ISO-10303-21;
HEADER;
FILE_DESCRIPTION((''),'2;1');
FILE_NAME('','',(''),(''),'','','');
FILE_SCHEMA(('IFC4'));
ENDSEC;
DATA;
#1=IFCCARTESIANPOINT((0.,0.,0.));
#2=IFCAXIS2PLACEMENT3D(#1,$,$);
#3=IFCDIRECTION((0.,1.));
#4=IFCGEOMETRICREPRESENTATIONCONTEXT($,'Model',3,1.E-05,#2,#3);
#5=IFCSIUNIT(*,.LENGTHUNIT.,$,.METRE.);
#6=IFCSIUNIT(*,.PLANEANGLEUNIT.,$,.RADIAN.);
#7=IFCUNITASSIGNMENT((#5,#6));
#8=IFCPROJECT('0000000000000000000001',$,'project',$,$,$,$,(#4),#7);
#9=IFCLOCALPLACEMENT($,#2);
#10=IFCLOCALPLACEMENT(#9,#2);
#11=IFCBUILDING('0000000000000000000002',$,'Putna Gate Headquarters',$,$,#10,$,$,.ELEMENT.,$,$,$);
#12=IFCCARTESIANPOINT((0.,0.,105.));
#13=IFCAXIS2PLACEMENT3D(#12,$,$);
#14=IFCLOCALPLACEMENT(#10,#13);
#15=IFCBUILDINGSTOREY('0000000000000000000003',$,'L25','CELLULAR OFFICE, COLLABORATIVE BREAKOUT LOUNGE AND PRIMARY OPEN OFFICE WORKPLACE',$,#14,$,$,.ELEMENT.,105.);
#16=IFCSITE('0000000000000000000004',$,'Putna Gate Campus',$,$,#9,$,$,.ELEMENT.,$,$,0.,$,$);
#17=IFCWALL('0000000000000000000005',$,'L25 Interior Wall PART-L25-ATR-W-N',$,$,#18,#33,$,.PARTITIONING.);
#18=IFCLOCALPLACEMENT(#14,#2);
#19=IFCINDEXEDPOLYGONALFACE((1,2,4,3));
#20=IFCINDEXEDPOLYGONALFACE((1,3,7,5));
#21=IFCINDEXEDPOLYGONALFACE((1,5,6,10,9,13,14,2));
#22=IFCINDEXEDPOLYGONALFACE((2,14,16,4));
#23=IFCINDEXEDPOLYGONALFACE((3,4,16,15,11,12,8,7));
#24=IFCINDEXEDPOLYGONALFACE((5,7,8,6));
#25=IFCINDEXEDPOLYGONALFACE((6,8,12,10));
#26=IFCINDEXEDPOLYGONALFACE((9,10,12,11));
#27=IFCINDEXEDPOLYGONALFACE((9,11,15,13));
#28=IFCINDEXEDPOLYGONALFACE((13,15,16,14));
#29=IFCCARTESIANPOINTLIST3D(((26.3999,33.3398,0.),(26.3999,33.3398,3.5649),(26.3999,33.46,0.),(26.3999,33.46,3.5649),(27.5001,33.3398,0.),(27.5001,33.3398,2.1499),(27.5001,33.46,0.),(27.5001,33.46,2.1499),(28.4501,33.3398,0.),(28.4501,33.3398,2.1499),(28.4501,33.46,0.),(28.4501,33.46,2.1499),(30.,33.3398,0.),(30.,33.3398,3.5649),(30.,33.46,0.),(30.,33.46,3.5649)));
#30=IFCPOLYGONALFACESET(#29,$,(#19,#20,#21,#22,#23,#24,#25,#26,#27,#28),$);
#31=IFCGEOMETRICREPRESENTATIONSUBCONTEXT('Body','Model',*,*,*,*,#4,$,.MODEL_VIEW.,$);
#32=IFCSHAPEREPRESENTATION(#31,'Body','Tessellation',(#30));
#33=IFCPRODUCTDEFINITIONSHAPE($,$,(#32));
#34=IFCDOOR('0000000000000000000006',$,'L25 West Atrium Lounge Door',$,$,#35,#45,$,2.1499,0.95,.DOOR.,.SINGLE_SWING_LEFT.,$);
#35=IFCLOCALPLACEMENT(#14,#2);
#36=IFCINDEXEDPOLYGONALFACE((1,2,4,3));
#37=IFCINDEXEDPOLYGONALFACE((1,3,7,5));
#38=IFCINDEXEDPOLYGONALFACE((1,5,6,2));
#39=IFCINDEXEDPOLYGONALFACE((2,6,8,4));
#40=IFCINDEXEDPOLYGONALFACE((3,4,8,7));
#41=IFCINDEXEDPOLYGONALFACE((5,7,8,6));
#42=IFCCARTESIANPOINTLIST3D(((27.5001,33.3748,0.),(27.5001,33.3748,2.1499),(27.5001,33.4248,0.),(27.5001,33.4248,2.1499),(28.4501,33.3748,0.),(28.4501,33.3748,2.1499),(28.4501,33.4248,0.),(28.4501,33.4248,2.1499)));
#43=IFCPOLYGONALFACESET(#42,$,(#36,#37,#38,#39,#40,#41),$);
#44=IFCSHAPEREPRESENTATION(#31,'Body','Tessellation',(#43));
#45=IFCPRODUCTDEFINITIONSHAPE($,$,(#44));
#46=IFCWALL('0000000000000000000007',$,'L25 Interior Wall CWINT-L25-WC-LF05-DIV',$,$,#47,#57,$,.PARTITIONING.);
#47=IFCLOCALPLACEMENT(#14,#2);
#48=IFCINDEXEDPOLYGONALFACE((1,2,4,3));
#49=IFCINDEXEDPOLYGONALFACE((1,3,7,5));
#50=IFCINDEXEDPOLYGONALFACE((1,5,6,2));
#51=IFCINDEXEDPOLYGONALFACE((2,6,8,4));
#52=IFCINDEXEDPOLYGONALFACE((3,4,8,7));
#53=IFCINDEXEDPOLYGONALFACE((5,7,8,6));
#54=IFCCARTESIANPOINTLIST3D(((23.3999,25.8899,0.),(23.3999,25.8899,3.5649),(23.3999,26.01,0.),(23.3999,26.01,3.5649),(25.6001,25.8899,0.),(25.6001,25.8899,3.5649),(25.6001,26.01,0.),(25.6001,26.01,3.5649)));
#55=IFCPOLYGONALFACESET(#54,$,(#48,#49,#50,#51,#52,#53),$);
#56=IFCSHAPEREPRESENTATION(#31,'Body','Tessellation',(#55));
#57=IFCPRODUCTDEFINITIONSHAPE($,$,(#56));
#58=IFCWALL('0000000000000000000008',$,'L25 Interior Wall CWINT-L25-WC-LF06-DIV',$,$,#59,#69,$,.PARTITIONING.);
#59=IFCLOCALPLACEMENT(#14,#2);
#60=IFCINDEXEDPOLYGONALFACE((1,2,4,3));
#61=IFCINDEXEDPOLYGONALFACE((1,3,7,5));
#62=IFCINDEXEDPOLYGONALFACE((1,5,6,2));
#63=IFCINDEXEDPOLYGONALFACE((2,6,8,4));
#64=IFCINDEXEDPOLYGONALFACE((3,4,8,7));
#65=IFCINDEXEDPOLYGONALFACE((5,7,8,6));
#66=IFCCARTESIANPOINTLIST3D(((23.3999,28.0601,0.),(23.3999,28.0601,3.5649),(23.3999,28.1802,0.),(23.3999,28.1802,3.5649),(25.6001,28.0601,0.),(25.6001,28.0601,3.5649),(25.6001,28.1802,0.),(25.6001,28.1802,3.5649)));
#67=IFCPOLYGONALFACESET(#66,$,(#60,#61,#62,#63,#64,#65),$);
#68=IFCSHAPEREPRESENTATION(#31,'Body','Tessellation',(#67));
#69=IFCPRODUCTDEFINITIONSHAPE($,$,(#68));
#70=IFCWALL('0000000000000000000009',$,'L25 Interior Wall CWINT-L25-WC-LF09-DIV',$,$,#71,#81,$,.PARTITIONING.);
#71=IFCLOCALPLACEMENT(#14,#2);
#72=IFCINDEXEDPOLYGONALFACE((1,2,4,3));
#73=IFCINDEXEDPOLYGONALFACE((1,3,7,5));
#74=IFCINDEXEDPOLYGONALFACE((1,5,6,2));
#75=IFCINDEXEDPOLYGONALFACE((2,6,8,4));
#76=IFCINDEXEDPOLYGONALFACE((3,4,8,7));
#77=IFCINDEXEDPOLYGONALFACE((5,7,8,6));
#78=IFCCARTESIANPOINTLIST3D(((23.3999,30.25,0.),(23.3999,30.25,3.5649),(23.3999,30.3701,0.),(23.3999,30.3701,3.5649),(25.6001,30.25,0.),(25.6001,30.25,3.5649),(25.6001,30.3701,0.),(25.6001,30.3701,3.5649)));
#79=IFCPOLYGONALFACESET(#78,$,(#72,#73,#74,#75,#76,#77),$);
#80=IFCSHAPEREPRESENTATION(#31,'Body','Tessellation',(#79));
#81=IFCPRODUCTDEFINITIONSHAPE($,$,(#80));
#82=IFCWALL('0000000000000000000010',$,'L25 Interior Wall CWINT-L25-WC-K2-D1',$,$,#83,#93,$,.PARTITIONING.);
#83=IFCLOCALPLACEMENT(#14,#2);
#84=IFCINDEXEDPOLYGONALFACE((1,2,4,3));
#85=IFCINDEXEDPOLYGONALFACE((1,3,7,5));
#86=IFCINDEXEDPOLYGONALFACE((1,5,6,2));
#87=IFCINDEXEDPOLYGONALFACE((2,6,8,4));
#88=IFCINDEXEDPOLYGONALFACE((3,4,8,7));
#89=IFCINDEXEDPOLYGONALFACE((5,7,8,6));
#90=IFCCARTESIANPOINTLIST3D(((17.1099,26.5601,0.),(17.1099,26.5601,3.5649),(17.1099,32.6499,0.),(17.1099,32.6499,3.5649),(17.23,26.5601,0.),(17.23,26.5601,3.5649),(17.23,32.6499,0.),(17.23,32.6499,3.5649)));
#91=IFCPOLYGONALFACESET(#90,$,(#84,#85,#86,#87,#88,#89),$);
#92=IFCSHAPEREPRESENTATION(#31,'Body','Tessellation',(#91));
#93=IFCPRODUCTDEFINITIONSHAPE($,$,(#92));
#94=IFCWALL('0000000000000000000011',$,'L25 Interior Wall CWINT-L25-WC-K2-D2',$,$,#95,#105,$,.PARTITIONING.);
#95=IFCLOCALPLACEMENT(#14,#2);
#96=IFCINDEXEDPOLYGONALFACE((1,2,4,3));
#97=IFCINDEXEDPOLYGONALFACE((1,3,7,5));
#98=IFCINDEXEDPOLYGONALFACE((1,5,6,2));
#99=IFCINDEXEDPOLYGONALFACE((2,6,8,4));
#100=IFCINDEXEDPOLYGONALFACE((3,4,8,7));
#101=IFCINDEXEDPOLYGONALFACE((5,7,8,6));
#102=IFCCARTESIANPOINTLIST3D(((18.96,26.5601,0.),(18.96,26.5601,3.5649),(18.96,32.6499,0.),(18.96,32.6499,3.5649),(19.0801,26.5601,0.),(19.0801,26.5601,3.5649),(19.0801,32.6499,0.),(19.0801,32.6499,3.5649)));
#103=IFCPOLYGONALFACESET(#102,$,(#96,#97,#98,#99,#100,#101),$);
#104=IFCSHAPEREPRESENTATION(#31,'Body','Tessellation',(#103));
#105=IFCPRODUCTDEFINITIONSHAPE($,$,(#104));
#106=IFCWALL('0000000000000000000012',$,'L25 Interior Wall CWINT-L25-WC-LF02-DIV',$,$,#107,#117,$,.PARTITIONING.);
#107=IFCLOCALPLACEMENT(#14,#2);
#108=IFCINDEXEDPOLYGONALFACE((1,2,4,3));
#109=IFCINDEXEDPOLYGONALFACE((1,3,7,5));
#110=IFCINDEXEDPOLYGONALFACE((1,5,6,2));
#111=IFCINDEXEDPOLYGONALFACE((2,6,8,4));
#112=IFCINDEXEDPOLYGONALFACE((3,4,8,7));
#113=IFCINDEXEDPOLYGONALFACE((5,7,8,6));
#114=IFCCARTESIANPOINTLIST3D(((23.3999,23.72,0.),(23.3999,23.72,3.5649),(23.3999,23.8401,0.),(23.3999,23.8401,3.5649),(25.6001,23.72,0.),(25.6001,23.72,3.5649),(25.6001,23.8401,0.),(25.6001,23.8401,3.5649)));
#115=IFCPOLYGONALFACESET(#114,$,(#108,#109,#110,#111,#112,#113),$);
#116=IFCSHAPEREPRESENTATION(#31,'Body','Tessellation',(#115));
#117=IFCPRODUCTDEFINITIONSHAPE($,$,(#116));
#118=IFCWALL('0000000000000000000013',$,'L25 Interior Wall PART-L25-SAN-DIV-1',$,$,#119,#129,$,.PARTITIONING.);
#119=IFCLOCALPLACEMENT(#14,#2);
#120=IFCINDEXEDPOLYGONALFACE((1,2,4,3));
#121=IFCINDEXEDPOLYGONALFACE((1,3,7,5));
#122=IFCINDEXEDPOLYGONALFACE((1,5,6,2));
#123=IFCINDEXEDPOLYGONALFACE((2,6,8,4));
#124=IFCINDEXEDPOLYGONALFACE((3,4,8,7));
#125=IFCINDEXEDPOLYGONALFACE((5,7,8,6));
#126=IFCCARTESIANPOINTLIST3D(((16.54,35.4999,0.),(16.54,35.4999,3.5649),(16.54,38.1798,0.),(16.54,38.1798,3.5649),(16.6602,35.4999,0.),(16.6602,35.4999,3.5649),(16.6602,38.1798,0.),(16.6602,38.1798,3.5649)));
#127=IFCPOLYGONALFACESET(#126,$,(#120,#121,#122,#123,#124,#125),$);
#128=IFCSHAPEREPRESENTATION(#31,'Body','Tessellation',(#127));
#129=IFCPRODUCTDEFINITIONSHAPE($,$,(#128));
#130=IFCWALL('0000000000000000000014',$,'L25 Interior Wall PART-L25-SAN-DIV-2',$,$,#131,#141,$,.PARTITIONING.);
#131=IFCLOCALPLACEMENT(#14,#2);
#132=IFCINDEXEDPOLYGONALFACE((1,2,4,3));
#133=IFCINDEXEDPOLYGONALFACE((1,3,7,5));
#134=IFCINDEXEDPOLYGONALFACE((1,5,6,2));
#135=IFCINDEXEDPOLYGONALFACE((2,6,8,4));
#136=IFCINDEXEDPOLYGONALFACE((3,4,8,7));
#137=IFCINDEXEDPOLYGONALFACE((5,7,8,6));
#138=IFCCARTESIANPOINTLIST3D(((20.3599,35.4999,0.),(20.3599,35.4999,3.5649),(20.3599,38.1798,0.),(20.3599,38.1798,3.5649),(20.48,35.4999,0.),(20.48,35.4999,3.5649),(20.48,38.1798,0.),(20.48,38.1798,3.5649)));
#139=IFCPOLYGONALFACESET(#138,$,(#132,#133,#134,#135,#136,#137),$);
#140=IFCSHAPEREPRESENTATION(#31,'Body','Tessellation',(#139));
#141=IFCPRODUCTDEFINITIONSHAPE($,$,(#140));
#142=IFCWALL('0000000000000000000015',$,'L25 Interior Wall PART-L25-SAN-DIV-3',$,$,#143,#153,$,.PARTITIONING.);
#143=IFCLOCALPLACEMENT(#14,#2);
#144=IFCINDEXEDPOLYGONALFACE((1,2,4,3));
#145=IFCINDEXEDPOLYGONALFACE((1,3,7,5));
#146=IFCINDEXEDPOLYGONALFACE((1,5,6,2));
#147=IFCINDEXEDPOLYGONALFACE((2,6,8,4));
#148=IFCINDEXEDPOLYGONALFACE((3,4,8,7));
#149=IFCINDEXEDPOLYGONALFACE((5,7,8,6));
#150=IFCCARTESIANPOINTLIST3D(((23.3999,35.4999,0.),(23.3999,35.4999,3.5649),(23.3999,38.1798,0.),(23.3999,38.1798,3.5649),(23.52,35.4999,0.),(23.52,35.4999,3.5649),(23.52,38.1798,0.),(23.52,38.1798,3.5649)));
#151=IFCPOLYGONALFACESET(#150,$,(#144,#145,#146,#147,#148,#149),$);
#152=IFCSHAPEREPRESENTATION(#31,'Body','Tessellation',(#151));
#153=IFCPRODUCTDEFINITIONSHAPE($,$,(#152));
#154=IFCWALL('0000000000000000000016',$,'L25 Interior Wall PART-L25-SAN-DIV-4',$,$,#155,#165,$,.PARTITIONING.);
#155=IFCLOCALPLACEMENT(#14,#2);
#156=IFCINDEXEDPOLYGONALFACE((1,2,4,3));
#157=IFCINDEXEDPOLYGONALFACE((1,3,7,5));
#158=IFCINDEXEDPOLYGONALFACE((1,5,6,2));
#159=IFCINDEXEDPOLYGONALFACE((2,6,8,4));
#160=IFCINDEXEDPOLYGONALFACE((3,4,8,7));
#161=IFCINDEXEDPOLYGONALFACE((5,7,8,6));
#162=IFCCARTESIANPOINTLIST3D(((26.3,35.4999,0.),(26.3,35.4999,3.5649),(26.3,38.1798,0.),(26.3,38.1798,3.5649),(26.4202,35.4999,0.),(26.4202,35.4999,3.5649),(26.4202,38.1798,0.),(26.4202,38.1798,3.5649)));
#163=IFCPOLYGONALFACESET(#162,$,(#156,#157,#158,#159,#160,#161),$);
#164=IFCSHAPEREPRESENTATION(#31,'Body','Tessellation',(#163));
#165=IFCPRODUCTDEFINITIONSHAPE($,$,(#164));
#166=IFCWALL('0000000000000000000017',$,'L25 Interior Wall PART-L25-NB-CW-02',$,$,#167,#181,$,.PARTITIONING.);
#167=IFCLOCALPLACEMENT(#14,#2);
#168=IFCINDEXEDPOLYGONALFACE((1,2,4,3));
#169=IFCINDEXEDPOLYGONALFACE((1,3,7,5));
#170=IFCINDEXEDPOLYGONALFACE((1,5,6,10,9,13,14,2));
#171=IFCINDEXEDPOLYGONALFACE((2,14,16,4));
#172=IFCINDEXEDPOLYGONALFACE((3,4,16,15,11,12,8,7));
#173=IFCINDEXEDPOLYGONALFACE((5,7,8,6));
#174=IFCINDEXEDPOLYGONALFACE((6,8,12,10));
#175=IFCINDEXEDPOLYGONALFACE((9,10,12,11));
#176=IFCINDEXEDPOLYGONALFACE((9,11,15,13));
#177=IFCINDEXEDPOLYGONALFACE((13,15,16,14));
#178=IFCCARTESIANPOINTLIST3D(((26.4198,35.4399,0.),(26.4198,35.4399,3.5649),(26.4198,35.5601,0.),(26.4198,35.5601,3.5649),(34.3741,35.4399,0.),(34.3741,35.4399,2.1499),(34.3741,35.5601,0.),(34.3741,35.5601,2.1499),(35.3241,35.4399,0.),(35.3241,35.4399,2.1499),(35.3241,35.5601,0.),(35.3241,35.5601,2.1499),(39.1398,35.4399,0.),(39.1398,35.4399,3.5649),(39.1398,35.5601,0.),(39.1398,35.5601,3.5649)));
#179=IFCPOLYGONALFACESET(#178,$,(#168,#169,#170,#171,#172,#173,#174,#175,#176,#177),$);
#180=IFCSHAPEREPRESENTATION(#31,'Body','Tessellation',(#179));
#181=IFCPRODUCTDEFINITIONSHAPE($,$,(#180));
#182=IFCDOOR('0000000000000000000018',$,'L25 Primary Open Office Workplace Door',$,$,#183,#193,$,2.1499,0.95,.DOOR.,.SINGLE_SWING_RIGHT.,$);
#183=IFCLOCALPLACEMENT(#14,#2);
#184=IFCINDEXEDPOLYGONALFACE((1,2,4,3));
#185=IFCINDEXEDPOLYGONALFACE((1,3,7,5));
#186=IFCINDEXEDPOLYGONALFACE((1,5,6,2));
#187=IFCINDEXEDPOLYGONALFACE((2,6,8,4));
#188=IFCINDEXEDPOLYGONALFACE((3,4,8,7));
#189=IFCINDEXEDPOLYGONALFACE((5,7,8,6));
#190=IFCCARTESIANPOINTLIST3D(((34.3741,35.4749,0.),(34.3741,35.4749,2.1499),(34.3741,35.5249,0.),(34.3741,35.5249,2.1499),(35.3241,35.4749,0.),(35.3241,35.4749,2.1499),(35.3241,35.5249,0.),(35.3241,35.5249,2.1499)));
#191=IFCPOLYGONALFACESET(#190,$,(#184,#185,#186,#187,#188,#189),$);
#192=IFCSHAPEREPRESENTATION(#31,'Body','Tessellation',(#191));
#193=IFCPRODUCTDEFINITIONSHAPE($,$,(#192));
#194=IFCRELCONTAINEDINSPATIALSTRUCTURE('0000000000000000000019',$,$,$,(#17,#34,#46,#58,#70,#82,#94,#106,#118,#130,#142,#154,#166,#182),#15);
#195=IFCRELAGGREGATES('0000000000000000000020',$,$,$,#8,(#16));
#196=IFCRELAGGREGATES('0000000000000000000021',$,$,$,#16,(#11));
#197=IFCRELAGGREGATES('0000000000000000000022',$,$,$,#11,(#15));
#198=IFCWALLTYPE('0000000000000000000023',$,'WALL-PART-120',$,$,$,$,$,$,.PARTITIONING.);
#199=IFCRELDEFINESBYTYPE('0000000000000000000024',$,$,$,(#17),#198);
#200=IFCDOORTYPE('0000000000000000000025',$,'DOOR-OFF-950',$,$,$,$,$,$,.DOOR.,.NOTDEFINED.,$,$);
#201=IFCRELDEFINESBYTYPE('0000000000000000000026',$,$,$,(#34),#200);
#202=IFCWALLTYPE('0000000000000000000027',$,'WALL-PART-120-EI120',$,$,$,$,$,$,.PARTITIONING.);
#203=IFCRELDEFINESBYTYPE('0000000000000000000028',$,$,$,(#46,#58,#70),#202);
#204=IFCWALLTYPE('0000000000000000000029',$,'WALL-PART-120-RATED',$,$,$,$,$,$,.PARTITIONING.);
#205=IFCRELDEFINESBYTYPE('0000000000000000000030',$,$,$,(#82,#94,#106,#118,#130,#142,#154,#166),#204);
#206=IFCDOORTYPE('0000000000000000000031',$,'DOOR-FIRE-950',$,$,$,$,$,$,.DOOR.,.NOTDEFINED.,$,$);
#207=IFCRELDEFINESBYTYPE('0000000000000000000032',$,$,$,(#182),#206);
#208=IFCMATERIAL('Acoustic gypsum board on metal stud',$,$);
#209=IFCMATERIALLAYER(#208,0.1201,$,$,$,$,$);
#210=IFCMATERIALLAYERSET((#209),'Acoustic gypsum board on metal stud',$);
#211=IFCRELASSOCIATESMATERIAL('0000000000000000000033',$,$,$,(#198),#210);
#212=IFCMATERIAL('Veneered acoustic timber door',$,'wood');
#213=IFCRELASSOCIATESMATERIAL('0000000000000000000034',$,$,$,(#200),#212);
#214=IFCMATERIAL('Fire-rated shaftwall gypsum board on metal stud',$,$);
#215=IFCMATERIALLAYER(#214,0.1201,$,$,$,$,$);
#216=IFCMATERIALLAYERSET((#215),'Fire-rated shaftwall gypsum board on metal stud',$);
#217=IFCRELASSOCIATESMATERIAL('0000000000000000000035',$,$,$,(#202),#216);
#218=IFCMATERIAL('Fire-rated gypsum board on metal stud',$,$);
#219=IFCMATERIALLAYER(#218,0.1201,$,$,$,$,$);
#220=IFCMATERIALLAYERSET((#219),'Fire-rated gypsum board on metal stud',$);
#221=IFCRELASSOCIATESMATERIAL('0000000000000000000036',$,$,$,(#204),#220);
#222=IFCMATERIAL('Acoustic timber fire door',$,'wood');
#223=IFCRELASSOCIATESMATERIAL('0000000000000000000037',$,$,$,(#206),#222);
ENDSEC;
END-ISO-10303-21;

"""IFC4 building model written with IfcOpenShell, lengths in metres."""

from ifc_helpers import new_model, si_unit, direction, frame, frame_2d, origin, place, context, subcontext, project, spatial, rectangle, extrude, material, layer, layer_set, type_object, element, fill, save


model = new_model("IFC4")

# Units and contexts
model_context = context("Model", 3, precision=1e-05, world=origin(), true_north=direction((0.0, 1.0)))
body_context = subcontext(model_context, "Body", "Model", "MODEL_VIEW")
ifc_project = project(units=[si_unit("LENGTHUNIT", "METRE"), si_unit("PLANEANGLEUNIT", "RADIAN")], contexts=[model_context])

# Site, building, storey
site_placement = place(None, origin())
site = spatial("IfcSite", under=ifc_project, at=site_placement, Name="Putna Gate Campus", CompositionType="ELEMENT", RefElevation=0.0)
building_placement = place(site_placement, origin())
building = spatial("IfcBuilding", under=site, at=building_placement, Name="Putna Gate Headquarters", CompositionType="ELEMENT")
storey_placement = place(building_placement, frame((0.0, 0.0, 105.0)))
storey = spatial("IfcBuildingStorey", under=building, at=storey_placement, Name="L25", Description="CELLULAR OFFICE, COLLABORATIVE BREAKOUT LOUNGE AND PRIMARY OPEN OFFICE WORKPLACE", CompositionType="ELEMENT", Elevation=105.0)

# Wall, opening, door
ifc_material_1 = material(Name="Acoustic gypsum board on metal stud")
ifc_layer_1 = layer(ifc_material_1, 0.1201)
ifc_layer_set_1 = layer_set([ifc_layer_1], Name="Acoustic gypsum board on metal stud")
wall_type_1 = type_object("IfcWallType", Name="WALL-PART-120", PredefinedType="PARTITIONING", material=ifc_layer_set_1)
wall_1_placement = place(storey_placement, frame((26.3999, 33.3999, 0.0), z_axis=(0.0, 0.0, 1.0), x_axis=(1.0, 0.0, 0.0)))
wall_1 = element("IfcWall", 1, at=wall_1_placement, inside=storey, type_object=wall_type_1, Name="L25 Interior Wall PART-L25-ATR-W-N", PredefinedType="PARTITIONING", context=body_context, shape_type="SweptSolid", body=[
    extrude(rectangle(XDim=3.6001, YDim=0.1201, at=frame_2d((1.8, 0.0))), origin(), (0.0, 0.0, 1.0), 3.5649),
])
opening_1_placement = place(wall_1_placement, frame((1.1001, 0.0, 0.0)))
opening_1 = element("IfcOpeningElement", 2, at=opening_1_placement, cuts=wall_1, PredefinedType="OPENING", context=body_context, shape_type="SweptSolid", body=[
    extrude(rectangle(XDim=0.95, YDim=2.1499, at=frame_2d((0.4751, 1.075))), frame((0.0, 0.0701, 0.0), z_axis=(0.0, -1.0, 0.0), x_axis=(1.0, 0.0, 0.0)), (0.0, 0.0, 1.0), 0.1401),
])
ifc_material_2 = material(Name="Veneered acoustic timber door", Category="wood")
door_type_1 = type_object("IfcDoorType", Name="DOOR-OFF-950", OperationType="NOTDEFINED", PredefinedType="DOOR", material=ifc_material_2)
door_1_placement = place(opening_1_placement, origin())
door_1 = element("IfcDoor", 3, at=door_1_placement, inside=storey, type_object=door_type_1, Name="L25 West Atrium Lounge Door", OperationType="SINGLE_SWING_LEFT", OverallHeight=2.1499, OverallWidth=0.95, PredefinedType="DOOR", context=body_context, shape_type="SweptSolid", body=[
    extrude(rectangle(XDim=0.95, YDim=2.1499, at=frame_2d((0.4751, 1.075))), frame((0.0, 0.0249, 0.0), z_axis=(0.0, -1.0, 0.0), x_axis=(1.0, 0.0, 0.0)), (0.0, 0.0, 1.0), 0.05),
])
fill(opening_1, door_1)

# Walls
ifc_material_3 = material(Name="Fire-rated shaftwall gypsum board on metal stud")
ifc_layer_2 = layer(ifc_material_3, 0.1201)
ifc_layer_set_2 = layer_set([ifc_layer_2], Name="Fire-rated shaftwall gypsum board on metal stud")
wall_type_2 = type_object("IfcWallType", Name="WALL-PART-120-EI120", PredefinedType="PARTITIONING", material=ifc_layer_set_2)
for number, where, z_axis, x_axis, name in (
    (4, (23.3999, 25.95, 0.0), (0.0, 0.0, 1.0), (1.0, 0.0, 0.0), "L25 Interior Wall CWINT-L25-WC-LF05-DIV"),
    (5, (23.3999, 28.1201, 0.0), (0.0, 0.0, 1.0), (1.0, 0.0, 0.0), "L25 Interior Wall CWINT-L25-WC-LF06-DIV"),
    (6, (23.3999, 30.3101, 0.0), (0.0, 0.0, 1.0), (1.0, 0.0, 0.0), "L25 Interior Wall CWINT-L25-WC-LF09-DIV"),
):
    element("IfcWall", number, at=place(storey_placement, frame(where, z_axis=z_axis, x_axis=x_axis)), inside=storey, type_object=wall_type_2, Name=name, PredefinedType="PARTITIONING", context=body_context, shape_type="SweptSolid", body=[
        extrude(rectangle(XDim=2.2002, YDim=0.1201, at=frame_2d((1.1001, 0.0))), origin(), (0.0, 0.0, 1.0), 3.5649),
    ])
ifc_material_4 = material(Name="Fire-rated gypsum board on metal stud")
ifc_layer_3 = layer(ifc_material_4, 0.1201)
ifc_layer_set_3 = layer_set([ifc_layer_3], Name="Fire-rated gypsum board on metal stud")
wall_type_3 = type_object("IfcWallType", Name="WALL-PART-120-RATED", PredefinedType="PARTITIONING", material=ifc_layer_set_3)
for number, where, z_axis, x_axis, name in (
    (7, (17.1699, 26.5601, 0.0), (0.0, 0.0, 1.0), (0.0, 1.0, 0.0), "L25 Interior Wall CWINT-L25-WC-K2-D1"),
    (8, (19.02, 26.5601, 0.0), (0.0, 0.0, 1.0), (0.0, 1.0, 0.0), "L25 Interior Wall CWINT-L25-WC-K2-D2"),
):
    element("IfcWall", number, at=place(storey_placement, frame(where, z_axis=z_axis, x_axis=x_axis)), inside=storey, type_object=wall_type_3, Name=name, PredefinedType="PARTITIONING", context=body_context, shape_type="SweptSolid", body=[
        extrude(rectangle(XDim=6.0898, YDim=0.1201, at=frame_2d((3.0449, 0.0))), origin(), (0.0, 0.0, 1.0), 3.5649),
    ])
wall_2_placement = place(storey_placement, frame((23.3999, 23.78, 0.0), z_axis=(0.0, 0.0, 1.0), x_axis=(1.0, 0.0, 0.0)))
element("IfcWall", 9, at=wall_2_placement, inside=storey, type_object=wall_type_3, Name="L25 Interior Wall CWINT-L25-WC-LF02-DIV", PredefinedType="PARTITIONING", context=body_context, shape_type="SweptSolid", body=[
    extrude(rectangle(XDim=2.2002, YDim=0.1201, at=frame_2d((1.1001, 0.0))), origin(), (0.0, 0.0, 1.0), 3.5649),
])
for number, where, z_axis, x_axis, name in (
    (10, (16.6001, 35.5, 0.0), (0.0, 0.0, 1.0), (0.0, 1.0, 0.0), "L25 Interior Wall PART-L25-SAN-DIV-1"),
    (11, (20.4199, 35.5, 0.0), (0.0, 0.0, 1.0), (0.0, 1.0, 0.0), "L25 Interior Wall PART-L25-SAN-DIV-2"),
    (12, (23.46, 35.5, 0.0), (0.0, 0.0, 1.0), (0.0, 1.0, 0.0), "L25 Interior Wall PART-L25-SAN-DIV-3"),
    (13, (26.3601, 35.5, 0.0), (0.0, 0.0, 1.0), (0.0, 1.0, 0.0), "L25 Interior Wall PART-L25-SAN-DIV-4"),
):
    element("IfcWall", number, at=place(storey_placement, frame(where, z_axis=z_axis, x_axis=x_axis)), inside=storey, type_object=wall_type_3, Name=name, PredefinedType="PARTITIONING", context=body_context, shape_type="SweptSolid", body=[
        extrude(rectangle(XDim=2.6799, YDim=0.1201, at=frame_2d((1.3398, 0.0))), origin(), (0.0, 0.0, 1.0), 3.5649),
    ])

# Wall, opening, door
wall_3_placement = place(storey_placement, frame((26.4199, 35.5, 0.0), z_axis=(0.0, 0.0, 1.0), x_axis=(1.0, 0.0, 0.0)))
wall_3 = element("IfcWall", 14, at=wall_3_placement, inside=storey, type_object=wall_type_3, Name="L25 Interior Wall PART-L25-NB-CW-02", PredefinedType="PARTITIONING", context=body_context, shape_type="SweptSolid", body=[
    extrude(rectangle(XDim=12.72, YDim=0.1201, at=frame_2d((6.3599, 0.0))), origin(), (0.0, 0.0, 1.0), 3.5649),
])
opening_2_placement = place(wall_3_placement, frame((7.9541, 0.0, 0.0)))
opening_2 = element("IfcOpeningElement", 15, at=opening_2_placement, cuts=wall_3, PredefinedType="OPENING", context=body_context, shape_type="SweptSolid", body=[
    extrude(rectangle(XDim=0.95, YDim=2.1499, at=frame_2d((0.4751, 1.075))), frame((0.0, 0.0701, 0.0), z_axis=(0.0, -1.0, 0.0), x_axis=(1.0, 0.0, 0.0)), (0.0, 0.0, 1.0), 0.1401),
])
ifc_material_5 = material(Name="Acoustic timber fire door", Category="wood")
door_type_2 = type_object("IfcDoorType", Name="DOOR-FIRE-950", OperationType="NOTDEFINED", PredefinedType="DOOR", material=ifc_material_5)
door_2_placement = place(opening_2_placement, origin())
door_2 = element("IfcDoor", 16, at=door_2_placement, inside=storey, type_object=door_type_2, Name="L25 Primary Open Office Workplace Door", OperationType="SINGLE_SWING_RIGHT", OverallHeight=2.1499, OverallWidth=0.95, PredefinedType="DOOR", context=body_context, shape_type="SweptSolid", body=[
    extrude(rectangle(XDim=0.95, YDim=2.1499, at=frame_2d((0.4751, 1.075))), frame((0.0, 0.0249, 0.0), z_axis=(0.0, -1.0, 0.0), x_axis=(1.0, 0.0, 0.0)), (0.0, 0.0, 1.0), 0.05),
])
fill(opening_2, door_2)

save(model, "model.ifc")
